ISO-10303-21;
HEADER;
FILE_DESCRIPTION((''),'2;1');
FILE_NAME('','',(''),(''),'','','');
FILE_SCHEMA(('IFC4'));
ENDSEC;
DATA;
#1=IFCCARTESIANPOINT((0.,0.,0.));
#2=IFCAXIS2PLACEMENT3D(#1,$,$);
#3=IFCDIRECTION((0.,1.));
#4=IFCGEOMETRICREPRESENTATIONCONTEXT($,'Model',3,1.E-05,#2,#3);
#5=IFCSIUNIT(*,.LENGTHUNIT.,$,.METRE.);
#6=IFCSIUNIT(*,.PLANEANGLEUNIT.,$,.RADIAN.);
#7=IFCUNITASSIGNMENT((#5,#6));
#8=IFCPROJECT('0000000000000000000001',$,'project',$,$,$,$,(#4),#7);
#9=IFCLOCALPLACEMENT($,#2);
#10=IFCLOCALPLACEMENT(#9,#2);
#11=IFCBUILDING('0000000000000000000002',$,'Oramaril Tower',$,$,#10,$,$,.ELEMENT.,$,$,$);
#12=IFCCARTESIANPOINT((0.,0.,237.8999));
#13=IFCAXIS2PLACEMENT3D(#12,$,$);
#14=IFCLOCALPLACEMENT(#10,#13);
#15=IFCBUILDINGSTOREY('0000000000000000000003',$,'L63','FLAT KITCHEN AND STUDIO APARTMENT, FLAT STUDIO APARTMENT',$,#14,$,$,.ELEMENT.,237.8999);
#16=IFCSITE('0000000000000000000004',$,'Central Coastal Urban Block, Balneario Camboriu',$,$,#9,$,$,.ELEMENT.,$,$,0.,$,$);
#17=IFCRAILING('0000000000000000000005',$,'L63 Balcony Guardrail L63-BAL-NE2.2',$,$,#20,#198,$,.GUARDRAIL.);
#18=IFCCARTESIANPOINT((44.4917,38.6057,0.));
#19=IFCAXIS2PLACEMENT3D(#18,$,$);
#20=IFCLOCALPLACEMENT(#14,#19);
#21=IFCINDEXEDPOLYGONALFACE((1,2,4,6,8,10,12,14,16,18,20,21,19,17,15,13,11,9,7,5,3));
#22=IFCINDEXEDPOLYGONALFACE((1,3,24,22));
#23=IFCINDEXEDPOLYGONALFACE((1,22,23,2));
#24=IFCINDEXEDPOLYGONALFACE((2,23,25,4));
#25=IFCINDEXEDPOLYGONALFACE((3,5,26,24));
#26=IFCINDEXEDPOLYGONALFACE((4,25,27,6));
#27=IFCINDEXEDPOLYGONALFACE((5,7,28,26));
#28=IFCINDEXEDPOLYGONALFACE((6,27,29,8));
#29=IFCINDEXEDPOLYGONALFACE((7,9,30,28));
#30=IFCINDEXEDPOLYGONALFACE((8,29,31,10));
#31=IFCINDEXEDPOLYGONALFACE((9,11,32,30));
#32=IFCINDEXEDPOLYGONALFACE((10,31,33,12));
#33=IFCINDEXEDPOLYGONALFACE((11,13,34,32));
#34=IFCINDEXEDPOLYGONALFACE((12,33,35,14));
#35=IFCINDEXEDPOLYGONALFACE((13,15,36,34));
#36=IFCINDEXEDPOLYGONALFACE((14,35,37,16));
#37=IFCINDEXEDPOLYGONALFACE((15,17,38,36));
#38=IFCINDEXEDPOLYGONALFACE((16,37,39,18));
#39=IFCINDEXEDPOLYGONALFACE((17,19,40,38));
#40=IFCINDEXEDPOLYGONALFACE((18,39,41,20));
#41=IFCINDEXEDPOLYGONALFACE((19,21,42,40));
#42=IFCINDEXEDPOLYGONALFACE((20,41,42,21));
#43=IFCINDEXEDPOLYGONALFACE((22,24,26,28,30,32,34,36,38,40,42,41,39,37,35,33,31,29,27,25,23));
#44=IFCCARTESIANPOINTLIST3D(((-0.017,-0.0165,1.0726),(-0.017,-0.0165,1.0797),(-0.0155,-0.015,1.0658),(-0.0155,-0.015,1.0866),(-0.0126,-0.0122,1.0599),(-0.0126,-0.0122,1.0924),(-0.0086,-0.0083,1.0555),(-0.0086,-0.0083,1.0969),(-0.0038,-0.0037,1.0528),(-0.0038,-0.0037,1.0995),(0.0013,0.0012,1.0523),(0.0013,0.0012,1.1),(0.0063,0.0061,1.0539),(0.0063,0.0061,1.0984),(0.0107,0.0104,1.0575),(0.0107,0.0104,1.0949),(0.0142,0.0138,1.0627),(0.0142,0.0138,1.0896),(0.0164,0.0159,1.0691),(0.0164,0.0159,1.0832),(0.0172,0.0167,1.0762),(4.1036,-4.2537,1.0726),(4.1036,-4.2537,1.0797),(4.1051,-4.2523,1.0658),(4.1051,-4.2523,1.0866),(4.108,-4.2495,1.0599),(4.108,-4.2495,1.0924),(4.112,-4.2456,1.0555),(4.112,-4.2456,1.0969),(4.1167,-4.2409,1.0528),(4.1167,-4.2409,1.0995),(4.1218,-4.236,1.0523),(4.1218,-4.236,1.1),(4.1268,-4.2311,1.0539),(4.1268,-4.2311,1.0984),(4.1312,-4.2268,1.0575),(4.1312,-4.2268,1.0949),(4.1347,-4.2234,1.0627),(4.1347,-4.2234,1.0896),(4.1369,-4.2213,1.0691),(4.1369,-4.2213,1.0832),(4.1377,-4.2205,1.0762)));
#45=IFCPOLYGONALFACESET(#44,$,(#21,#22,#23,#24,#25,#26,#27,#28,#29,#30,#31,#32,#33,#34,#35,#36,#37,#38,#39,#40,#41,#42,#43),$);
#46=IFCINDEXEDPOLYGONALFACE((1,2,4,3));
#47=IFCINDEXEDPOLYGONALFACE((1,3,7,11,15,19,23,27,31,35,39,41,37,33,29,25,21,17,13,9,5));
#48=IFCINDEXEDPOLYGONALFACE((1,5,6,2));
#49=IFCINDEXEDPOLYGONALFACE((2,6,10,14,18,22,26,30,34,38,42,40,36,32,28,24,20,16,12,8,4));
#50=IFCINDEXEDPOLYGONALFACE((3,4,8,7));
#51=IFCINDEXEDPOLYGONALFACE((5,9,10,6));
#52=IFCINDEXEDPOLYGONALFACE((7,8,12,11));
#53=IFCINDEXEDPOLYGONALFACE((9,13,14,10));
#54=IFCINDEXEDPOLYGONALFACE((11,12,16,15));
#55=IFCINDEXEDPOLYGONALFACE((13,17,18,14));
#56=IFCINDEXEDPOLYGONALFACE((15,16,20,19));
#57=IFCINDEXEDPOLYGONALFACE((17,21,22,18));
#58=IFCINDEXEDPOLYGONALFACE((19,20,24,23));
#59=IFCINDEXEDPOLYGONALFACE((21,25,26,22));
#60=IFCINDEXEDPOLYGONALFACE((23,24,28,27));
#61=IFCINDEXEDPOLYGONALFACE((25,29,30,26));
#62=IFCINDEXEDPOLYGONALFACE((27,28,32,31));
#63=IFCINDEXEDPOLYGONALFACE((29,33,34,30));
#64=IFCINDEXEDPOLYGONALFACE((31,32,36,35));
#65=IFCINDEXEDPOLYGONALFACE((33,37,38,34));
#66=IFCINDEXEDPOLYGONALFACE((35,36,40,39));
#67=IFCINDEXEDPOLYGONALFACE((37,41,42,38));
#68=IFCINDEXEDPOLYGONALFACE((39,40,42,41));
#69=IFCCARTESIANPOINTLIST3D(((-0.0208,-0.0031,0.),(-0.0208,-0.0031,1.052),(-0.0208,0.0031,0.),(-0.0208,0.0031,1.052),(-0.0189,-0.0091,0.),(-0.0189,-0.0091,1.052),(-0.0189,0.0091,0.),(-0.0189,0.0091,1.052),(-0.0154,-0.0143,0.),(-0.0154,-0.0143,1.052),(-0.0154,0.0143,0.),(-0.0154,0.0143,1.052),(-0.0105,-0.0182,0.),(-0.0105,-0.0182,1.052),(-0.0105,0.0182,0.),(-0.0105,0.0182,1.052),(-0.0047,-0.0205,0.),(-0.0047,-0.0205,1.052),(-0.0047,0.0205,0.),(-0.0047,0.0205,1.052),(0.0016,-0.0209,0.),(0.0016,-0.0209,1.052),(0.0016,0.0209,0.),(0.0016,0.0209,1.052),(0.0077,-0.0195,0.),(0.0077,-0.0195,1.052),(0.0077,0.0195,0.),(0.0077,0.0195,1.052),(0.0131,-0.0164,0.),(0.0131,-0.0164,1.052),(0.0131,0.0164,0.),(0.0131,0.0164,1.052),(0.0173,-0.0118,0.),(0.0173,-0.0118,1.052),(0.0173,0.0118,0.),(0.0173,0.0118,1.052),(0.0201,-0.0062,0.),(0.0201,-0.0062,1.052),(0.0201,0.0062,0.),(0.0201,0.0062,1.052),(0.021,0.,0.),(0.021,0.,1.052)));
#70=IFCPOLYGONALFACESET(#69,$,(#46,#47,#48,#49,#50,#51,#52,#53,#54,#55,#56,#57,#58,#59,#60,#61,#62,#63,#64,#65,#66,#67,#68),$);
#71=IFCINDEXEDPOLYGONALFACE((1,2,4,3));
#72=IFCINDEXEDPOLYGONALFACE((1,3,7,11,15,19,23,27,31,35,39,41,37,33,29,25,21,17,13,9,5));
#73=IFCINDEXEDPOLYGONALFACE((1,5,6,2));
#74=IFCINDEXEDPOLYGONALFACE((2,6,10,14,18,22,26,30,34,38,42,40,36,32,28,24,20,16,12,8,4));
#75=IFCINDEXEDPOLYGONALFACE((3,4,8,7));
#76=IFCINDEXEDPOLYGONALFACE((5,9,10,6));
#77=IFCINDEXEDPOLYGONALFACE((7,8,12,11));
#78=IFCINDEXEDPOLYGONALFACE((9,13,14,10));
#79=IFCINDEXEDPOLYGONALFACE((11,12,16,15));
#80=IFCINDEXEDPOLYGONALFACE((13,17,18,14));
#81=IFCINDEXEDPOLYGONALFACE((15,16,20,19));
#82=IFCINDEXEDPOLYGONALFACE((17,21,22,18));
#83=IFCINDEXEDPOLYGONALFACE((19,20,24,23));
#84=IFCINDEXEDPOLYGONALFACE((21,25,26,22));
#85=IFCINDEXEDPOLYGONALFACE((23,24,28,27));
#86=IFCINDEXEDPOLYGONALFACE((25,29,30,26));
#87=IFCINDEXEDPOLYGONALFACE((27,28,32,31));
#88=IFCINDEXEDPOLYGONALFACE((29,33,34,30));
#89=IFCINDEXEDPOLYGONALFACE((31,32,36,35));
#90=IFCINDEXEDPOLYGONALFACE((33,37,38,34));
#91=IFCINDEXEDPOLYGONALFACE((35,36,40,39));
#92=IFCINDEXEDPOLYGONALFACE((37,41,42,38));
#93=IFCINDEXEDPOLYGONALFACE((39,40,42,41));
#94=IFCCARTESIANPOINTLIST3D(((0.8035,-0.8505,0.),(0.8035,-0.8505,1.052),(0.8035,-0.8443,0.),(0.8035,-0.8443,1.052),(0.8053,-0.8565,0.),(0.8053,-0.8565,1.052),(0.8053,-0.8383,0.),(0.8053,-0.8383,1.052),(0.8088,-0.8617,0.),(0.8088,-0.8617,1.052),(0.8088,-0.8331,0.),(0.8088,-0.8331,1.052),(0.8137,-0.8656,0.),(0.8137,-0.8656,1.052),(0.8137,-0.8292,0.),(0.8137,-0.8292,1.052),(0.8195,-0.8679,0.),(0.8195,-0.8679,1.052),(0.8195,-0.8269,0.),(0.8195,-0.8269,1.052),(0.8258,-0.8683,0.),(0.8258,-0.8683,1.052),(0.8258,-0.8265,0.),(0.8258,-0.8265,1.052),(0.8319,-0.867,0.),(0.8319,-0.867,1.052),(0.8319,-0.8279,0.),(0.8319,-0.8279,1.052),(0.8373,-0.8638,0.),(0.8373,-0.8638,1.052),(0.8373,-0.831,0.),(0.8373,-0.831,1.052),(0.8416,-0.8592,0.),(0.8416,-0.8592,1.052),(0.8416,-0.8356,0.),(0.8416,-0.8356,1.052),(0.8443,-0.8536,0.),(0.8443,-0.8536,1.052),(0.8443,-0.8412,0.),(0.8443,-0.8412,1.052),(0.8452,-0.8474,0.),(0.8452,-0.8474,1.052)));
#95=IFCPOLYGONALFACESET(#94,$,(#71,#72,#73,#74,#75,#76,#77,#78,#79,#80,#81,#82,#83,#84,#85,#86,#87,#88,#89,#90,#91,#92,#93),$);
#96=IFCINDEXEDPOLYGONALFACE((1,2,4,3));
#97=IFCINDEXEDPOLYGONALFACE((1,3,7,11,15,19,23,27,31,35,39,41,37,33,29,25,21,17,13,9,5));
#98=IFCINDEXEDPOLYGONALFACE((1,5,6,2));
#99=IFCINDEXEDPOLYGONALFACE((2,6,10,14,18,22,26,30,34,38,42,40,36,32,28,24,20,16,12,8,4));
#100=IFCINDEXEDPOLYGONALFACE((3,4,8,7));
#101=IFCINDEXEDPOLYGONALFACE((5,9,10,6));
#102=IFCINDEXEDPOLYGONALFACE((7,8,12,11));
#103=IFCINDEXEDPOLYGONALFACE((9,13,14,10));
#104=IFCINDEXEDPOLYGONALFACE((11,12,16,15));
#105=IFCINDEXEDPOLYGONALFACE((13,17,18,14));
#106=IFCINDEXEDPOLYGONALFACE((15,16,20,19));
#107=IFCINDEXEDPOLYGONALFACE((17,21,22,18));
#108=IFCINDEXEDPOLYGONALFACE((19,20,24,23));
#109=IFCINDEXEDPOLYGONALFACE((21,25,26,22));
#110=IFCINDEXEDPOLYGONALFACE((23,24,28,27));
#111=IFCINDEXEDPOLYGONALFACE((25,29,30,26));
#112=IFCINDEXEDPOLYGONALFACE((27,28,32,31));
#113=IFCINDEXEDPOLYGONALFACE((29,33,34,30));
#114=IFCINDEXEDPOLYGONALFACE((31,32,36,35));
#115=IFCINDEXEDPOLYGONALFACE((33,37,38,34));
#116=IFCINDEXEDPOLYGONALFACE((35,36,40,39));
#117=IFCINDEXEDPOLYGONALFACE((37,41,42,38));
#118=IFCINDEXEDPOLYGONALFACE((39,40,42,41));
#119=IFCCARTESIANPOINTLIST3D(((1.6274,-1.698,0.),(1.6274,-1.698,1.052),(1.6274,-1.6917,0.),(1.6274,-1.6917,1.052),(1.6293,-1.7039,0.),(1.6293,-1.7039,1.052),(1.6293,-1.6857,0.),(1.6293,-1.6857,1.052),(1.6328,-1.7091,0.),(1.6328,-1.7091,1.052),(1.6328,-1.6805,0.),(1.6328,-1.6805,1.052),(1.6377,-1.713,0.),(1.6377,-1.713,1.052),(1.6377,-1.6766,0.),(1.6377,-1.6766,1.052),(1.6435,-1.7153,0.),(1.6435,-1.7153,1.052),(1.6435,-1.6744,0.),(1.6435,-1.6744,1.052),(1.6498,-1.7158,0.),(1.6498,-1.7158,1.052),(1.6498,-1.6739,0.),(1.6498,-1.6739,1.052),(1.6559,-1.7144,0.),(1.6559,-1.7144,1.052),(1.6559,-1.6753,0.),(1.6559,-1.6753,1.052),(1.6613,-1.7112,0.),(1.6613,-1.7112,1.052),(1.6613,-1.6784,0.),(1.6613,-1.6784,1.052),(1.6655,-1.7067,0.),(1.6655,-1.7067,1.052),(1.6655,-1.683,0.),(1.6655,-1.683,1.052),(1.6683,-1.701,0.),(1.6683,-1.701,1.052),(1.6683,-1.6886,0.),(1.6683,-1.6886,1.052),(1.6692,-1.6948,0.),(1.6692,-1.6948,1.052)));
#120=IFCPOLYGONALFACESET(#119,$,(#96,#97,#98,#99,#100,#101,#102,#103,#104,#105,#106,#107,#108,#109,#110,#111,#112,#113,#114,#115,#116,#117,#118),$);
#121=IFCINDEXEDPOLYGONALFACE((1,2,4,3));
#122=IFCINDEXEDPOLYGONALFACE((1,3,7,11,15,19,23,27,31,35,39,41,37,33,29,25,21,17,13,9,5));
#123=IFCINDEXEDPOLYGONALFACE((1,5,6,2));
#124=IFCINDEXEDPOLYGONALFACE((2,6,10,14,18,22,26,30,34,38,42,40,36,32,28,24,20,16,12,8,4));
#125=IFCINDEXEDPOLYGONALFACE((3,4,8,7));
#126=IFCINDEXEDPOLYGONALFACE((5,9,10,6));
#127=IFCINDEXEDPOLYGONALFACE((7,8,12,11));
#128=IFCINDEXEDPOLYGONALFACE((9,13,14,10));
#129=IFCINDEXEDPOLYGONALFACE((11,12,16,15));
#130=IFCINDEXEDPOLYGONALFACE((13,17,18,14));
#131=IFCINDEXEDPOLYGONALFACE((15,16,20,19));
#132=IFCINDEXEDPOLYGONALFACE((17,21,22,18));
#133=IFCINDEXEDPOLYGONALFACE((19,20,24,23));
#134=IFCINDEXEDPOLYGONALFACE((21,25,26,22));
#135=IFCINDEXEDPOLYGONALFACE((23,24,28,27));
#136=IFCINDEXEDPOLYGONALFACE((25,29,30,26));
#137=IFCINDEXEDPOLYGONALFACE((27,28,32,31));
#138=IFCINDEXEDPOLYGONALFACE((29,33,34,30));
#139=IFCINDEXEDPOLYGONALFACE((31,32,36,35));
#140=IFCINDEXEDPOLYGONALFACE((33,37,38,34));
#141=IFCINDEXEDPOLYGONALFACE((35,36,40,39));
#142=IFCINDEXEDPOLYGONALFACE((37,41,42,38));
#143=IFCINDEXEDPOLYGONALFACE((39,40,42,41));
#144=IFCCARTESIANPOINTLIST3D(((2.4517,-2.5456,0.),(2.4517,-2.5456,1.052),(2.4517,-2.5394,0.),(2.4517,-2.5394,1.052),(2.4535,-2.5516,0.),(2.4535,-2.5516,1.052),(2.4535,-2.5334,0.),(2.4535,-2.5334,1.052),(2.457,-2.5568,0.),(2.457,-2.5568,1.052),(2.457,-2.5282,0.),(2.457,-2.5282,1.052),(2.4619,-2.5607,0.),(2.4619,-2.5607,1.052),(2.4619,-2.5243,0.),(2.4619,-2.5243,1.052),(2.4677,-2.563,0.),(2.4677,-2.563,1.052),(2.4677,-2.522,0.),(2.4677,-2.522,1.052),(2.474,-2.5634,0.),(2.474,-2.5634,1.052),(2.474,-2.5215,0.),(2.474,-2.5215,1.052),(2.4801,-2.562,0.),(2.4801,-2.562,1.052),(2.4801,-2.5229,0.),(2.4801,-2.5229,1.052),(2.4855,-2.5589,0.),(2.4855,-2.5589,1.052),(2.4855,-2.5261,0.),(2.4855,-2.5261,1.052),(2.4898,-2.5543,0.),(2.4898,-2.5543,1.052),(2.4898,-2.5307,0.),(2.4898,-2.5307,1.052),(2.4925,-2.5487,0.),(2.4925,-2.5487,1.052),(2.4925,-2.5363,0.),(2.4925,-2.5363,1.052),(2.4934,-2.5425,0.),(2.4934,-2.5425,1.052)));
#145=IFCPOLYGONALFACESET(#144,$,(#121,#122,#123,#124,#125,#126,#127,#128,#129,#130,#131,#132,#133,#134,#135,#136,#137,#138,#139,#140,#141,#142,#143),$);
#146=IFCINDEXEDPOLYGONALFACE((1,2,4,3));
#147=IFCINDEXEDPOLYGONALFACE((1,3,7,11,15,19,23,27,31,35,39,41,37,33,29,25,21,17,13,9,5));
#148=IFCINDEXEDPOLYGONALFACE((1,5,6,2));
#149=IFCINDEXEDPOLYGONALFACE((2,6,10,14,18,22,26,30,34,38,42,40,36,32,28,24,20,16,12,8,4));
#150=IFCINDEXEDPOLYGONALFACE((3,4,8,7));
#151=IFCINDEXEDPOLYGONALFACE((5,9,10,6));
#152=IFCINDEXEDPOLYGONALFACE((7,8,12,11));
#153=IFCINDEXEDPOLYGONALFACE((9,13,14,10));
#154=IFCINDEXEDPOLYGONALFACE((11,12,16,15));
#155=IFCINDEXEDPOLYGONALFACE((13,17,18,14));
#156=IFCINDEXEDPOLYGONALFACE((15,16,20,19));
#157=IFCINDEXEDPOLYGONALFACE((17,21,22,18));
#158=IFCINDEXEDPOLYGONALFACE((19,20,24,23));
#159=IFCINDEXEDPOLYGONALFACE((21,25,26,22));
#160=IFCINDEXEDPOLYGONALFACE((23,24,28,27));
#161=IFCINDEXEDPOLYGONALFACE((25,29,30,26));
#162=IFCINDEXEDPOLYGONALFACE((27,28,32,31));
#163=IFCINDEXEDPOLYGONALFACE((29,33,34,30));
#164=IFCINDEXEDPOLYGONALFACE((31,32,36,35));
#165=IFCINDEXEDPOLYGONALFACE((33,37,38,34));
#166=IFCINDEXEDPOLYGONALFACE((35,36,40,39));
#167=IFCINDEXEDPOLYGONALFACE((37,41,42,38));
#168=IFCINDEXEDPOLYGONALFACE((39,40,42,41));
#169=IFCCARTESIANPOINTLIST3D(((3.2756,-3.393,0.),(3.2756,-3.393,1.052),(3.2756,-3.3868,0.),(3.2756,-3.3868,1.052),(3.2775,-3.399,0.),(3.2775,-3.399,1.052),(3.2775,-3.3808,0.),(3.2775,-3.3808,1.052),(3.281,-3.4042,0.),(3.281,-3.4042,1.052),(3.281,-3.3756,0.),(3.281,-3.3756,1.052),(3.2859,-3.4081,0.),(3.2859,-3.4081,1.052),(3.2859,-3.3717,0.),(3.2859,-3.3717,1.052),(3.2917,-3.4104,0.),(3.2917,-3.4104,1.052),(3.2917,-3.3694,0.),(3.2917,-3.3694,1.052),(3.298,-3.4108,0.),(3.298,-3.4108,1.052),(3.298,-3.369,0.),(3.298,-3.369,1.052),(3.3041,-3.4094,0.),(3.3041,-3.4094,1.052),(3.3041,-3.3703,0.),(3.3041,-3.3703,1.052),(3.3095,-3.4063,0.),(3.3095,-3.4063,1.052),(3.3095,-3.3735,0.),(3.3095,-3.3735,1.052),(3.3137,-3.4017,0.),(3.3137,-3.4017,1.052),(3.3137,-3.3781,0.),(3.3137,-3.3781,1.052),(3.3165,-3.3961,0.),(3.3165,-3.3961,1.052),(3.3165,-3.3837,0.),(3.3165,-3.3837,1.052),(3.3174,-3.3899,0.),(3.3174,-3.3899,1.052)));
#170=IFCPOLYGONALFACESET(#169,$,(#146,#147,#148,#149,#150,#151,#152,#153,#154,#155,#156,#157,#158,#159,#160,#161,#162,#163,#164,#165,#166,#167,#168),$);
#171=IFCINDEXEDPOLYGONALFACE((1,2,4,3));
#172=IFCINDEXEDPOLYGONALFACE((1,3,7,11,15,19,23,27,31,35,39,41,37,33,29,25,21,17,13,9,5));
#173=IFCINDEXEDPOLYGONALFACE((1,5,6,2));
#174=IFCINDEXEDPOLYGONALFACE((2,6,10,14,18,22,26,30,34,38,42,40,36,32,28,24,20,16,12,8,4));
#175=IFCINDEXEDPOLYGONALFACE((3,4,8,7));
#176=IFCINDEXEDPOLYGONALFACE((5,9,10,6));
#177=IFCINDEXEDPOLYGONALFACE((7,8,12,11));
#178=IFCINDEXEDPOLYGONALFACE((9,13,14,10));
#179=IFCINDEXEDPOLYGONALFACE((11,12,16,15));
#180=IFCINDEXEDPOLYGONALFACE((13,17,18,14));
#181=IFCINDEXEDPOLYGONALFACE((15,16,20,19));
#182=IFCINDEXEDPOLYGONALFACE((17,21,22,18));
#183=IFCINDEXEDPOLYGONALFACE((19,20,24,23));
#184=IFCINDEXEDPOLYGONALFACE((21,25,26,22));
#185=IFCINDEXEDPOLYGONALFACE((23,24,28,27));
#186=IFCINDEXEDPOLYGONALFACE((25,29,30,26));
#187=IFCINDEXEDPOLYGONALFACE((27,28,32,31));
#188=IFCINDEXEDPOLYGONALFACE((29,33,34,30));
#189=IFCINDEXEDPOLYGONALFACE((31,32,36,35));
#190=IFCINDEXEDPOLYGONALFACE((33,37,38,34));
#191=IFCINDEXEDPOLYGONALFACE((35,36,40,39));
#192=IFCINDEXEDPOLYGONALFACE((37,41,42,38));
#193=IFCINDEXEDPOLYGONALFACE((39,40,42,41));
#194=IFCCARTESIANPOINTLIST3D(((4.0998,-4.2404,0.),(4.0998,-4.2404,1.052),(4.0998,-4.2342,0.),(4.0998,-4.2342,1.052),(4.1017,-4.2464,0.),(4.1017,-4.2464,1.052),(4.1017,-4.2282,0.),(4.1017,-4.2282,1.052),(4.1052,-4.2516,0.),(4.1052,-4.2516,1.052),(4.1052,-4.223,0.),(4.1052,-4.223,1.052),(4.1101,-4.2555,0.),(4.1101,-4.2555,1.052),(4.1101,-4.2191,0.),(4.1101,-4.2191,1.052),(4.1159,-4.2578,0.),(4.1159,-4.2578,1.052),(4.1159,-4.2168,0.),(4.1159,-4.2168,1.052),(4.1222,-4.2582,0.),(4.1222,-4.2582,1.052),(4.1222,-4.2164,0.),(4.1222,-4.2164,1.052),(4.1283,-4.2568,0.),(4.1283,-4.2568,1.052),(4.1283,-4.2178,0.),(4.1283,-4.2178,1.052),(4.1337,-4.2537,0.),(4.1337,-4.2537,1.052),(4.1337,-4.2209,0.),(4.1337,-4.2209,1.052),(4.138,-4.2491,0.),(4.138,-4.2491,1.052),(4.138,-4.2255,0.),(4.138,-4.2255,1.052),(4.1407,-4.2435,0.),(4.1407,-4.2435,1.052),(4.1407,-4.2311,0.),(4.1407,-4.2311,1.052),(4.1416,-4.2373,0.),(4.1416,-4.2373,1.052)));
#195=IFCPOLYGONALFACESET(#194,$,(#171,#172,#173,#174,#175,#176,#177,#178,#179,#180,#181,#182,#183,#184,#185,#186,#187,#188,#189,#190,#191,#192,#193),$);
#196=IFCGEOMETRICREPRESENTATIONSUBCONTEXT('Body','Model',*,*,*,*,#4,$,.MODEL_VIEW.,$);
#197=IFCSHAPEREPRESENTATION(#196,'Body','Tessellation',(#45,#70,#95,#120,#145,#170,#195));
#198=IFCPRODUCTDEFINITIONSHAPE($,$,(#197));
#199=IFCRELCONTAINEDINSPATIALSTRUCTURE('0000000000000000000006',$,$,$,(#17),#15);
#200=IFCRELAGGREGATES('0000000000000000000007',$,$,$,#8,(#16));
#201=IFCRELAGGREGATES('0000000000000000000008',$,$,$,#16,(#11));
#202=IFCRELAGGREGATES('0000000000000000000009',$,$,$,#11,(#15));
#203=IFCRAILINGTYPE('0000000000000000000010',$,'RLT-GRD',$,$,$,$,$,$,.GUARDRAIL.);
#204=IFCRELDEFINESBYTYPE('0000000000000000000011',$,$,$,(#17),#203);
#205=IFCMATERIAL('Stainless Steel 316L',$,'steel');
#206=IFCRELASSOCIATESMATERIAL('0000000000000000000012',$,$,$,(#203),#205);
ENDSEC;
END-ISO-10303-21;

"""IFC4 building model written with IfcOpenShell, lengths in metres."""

from ifc_helpers import new_model, si_unit, direction, frame, origin, origin_2d, place, context, subcontext, project, spatial, circle, extrude, material, type_object, element, save


model = new_model("IFC4")

# Units and contexts
model_context = context("Model", 3, precision=1e-05, world=origin(), true_north=direction((0.0, 1.0)))
body_context = subcontext(model_context, "Body", "Model", "MODEL_VIEW")
ifc_project = project(units=[si_unit("LENGTHUNIT", "METRE"), si_unit("PLANEANGLEUNIT", "RADIAN")], contexts=[model_context])

# Site, building, storey
site_placement = place(None, origin())
site = spatial("IfcSite", under=ifc_project, at=site_placement, Name="Central Coastal Urban Block, Balneario Camboriu", CompositionType="ELEMENT", RefElevation=0.0)
building_placement = place(site_placement, origin())
building = spatial("IfcBuilding", under=site, at=building_placement, Name="Oramaril Tower", CompositionType="ELEMENT")
storey_placement = place(building_placement, frame((0.0, 0.0, 237.8999)))
storey = spatial("IfcBuildingStorey", under=building, at=storey_placement, Name="L63", Description="FLAT KITCHEN AND STUDIO APARTMENT, FLAT STUDIO APARTMENT", CompositionType="ELEMENT", Elevation=237.8999)

# Railing
ifc_material_1 = material(Name="Stainless Steel 316L", Category="steel")
railing_type = type_object("IfcRailingType", Name="RLT-GRD", PredefinedType="GUARDRAIL", material=ifc_material_1)
railing_1_placement = place(storey_placement, frame((44.4917, 38.6057, 0.0)))
element("IfcRailing", 1, at=railing_1_placement, inside=storey, type_object=railing_type, Name="L63 Balcony Guardrail L63-BAL-NE2.2", PredefinedType="GUARDRAIL", context=body_context, shape_type="SweptSolid", body=[
    extrude(circle(Radius=0.0239, at=origin_2d()), frame((0.0, 0.0, 1.0762), z_axis=(0.697166, -0.71691, 0.0), x_axis=(0.71691, 0.697166, 0.0)), (0.0, 0.0, 1.0), 5.9104),
    extrude(circle(Radius=0.021, at=origin_2d()), origin(), (0.0, 0.0, 1.0), 1.052),
    extrude(circle(Radius=0.021, at=origin_2d()), frame((0.8242, -0.8474, 0.0)), (0.0, 0.0, 1.0), 1.052),
    extrude(circle(Radius=0.021, at=origin_2d()), frame((1.6482, -1.6948, 0.0)), (0.0, 0.0, 1.0), 1.052),
    extrude(circle(Radius=0.021, at=origin_2d()), frame((2.4724, -2.5425, 0.0)), (0.0, 0.0, 1.0), 1.052),
    extrude(circle(Radius=0.021, at=origin_2d()), frame((3.2964, -3.3899, 0.0)), (0.0, 0.0, 1.0), 1.052),
    extrude(circle(Radius=0.021, at=origin_2d()), frame((4.1206, -4.2373, 0.0)), (0.0, 0.0, 1.0), 1.052),
])

save(model, "model.ifc")
